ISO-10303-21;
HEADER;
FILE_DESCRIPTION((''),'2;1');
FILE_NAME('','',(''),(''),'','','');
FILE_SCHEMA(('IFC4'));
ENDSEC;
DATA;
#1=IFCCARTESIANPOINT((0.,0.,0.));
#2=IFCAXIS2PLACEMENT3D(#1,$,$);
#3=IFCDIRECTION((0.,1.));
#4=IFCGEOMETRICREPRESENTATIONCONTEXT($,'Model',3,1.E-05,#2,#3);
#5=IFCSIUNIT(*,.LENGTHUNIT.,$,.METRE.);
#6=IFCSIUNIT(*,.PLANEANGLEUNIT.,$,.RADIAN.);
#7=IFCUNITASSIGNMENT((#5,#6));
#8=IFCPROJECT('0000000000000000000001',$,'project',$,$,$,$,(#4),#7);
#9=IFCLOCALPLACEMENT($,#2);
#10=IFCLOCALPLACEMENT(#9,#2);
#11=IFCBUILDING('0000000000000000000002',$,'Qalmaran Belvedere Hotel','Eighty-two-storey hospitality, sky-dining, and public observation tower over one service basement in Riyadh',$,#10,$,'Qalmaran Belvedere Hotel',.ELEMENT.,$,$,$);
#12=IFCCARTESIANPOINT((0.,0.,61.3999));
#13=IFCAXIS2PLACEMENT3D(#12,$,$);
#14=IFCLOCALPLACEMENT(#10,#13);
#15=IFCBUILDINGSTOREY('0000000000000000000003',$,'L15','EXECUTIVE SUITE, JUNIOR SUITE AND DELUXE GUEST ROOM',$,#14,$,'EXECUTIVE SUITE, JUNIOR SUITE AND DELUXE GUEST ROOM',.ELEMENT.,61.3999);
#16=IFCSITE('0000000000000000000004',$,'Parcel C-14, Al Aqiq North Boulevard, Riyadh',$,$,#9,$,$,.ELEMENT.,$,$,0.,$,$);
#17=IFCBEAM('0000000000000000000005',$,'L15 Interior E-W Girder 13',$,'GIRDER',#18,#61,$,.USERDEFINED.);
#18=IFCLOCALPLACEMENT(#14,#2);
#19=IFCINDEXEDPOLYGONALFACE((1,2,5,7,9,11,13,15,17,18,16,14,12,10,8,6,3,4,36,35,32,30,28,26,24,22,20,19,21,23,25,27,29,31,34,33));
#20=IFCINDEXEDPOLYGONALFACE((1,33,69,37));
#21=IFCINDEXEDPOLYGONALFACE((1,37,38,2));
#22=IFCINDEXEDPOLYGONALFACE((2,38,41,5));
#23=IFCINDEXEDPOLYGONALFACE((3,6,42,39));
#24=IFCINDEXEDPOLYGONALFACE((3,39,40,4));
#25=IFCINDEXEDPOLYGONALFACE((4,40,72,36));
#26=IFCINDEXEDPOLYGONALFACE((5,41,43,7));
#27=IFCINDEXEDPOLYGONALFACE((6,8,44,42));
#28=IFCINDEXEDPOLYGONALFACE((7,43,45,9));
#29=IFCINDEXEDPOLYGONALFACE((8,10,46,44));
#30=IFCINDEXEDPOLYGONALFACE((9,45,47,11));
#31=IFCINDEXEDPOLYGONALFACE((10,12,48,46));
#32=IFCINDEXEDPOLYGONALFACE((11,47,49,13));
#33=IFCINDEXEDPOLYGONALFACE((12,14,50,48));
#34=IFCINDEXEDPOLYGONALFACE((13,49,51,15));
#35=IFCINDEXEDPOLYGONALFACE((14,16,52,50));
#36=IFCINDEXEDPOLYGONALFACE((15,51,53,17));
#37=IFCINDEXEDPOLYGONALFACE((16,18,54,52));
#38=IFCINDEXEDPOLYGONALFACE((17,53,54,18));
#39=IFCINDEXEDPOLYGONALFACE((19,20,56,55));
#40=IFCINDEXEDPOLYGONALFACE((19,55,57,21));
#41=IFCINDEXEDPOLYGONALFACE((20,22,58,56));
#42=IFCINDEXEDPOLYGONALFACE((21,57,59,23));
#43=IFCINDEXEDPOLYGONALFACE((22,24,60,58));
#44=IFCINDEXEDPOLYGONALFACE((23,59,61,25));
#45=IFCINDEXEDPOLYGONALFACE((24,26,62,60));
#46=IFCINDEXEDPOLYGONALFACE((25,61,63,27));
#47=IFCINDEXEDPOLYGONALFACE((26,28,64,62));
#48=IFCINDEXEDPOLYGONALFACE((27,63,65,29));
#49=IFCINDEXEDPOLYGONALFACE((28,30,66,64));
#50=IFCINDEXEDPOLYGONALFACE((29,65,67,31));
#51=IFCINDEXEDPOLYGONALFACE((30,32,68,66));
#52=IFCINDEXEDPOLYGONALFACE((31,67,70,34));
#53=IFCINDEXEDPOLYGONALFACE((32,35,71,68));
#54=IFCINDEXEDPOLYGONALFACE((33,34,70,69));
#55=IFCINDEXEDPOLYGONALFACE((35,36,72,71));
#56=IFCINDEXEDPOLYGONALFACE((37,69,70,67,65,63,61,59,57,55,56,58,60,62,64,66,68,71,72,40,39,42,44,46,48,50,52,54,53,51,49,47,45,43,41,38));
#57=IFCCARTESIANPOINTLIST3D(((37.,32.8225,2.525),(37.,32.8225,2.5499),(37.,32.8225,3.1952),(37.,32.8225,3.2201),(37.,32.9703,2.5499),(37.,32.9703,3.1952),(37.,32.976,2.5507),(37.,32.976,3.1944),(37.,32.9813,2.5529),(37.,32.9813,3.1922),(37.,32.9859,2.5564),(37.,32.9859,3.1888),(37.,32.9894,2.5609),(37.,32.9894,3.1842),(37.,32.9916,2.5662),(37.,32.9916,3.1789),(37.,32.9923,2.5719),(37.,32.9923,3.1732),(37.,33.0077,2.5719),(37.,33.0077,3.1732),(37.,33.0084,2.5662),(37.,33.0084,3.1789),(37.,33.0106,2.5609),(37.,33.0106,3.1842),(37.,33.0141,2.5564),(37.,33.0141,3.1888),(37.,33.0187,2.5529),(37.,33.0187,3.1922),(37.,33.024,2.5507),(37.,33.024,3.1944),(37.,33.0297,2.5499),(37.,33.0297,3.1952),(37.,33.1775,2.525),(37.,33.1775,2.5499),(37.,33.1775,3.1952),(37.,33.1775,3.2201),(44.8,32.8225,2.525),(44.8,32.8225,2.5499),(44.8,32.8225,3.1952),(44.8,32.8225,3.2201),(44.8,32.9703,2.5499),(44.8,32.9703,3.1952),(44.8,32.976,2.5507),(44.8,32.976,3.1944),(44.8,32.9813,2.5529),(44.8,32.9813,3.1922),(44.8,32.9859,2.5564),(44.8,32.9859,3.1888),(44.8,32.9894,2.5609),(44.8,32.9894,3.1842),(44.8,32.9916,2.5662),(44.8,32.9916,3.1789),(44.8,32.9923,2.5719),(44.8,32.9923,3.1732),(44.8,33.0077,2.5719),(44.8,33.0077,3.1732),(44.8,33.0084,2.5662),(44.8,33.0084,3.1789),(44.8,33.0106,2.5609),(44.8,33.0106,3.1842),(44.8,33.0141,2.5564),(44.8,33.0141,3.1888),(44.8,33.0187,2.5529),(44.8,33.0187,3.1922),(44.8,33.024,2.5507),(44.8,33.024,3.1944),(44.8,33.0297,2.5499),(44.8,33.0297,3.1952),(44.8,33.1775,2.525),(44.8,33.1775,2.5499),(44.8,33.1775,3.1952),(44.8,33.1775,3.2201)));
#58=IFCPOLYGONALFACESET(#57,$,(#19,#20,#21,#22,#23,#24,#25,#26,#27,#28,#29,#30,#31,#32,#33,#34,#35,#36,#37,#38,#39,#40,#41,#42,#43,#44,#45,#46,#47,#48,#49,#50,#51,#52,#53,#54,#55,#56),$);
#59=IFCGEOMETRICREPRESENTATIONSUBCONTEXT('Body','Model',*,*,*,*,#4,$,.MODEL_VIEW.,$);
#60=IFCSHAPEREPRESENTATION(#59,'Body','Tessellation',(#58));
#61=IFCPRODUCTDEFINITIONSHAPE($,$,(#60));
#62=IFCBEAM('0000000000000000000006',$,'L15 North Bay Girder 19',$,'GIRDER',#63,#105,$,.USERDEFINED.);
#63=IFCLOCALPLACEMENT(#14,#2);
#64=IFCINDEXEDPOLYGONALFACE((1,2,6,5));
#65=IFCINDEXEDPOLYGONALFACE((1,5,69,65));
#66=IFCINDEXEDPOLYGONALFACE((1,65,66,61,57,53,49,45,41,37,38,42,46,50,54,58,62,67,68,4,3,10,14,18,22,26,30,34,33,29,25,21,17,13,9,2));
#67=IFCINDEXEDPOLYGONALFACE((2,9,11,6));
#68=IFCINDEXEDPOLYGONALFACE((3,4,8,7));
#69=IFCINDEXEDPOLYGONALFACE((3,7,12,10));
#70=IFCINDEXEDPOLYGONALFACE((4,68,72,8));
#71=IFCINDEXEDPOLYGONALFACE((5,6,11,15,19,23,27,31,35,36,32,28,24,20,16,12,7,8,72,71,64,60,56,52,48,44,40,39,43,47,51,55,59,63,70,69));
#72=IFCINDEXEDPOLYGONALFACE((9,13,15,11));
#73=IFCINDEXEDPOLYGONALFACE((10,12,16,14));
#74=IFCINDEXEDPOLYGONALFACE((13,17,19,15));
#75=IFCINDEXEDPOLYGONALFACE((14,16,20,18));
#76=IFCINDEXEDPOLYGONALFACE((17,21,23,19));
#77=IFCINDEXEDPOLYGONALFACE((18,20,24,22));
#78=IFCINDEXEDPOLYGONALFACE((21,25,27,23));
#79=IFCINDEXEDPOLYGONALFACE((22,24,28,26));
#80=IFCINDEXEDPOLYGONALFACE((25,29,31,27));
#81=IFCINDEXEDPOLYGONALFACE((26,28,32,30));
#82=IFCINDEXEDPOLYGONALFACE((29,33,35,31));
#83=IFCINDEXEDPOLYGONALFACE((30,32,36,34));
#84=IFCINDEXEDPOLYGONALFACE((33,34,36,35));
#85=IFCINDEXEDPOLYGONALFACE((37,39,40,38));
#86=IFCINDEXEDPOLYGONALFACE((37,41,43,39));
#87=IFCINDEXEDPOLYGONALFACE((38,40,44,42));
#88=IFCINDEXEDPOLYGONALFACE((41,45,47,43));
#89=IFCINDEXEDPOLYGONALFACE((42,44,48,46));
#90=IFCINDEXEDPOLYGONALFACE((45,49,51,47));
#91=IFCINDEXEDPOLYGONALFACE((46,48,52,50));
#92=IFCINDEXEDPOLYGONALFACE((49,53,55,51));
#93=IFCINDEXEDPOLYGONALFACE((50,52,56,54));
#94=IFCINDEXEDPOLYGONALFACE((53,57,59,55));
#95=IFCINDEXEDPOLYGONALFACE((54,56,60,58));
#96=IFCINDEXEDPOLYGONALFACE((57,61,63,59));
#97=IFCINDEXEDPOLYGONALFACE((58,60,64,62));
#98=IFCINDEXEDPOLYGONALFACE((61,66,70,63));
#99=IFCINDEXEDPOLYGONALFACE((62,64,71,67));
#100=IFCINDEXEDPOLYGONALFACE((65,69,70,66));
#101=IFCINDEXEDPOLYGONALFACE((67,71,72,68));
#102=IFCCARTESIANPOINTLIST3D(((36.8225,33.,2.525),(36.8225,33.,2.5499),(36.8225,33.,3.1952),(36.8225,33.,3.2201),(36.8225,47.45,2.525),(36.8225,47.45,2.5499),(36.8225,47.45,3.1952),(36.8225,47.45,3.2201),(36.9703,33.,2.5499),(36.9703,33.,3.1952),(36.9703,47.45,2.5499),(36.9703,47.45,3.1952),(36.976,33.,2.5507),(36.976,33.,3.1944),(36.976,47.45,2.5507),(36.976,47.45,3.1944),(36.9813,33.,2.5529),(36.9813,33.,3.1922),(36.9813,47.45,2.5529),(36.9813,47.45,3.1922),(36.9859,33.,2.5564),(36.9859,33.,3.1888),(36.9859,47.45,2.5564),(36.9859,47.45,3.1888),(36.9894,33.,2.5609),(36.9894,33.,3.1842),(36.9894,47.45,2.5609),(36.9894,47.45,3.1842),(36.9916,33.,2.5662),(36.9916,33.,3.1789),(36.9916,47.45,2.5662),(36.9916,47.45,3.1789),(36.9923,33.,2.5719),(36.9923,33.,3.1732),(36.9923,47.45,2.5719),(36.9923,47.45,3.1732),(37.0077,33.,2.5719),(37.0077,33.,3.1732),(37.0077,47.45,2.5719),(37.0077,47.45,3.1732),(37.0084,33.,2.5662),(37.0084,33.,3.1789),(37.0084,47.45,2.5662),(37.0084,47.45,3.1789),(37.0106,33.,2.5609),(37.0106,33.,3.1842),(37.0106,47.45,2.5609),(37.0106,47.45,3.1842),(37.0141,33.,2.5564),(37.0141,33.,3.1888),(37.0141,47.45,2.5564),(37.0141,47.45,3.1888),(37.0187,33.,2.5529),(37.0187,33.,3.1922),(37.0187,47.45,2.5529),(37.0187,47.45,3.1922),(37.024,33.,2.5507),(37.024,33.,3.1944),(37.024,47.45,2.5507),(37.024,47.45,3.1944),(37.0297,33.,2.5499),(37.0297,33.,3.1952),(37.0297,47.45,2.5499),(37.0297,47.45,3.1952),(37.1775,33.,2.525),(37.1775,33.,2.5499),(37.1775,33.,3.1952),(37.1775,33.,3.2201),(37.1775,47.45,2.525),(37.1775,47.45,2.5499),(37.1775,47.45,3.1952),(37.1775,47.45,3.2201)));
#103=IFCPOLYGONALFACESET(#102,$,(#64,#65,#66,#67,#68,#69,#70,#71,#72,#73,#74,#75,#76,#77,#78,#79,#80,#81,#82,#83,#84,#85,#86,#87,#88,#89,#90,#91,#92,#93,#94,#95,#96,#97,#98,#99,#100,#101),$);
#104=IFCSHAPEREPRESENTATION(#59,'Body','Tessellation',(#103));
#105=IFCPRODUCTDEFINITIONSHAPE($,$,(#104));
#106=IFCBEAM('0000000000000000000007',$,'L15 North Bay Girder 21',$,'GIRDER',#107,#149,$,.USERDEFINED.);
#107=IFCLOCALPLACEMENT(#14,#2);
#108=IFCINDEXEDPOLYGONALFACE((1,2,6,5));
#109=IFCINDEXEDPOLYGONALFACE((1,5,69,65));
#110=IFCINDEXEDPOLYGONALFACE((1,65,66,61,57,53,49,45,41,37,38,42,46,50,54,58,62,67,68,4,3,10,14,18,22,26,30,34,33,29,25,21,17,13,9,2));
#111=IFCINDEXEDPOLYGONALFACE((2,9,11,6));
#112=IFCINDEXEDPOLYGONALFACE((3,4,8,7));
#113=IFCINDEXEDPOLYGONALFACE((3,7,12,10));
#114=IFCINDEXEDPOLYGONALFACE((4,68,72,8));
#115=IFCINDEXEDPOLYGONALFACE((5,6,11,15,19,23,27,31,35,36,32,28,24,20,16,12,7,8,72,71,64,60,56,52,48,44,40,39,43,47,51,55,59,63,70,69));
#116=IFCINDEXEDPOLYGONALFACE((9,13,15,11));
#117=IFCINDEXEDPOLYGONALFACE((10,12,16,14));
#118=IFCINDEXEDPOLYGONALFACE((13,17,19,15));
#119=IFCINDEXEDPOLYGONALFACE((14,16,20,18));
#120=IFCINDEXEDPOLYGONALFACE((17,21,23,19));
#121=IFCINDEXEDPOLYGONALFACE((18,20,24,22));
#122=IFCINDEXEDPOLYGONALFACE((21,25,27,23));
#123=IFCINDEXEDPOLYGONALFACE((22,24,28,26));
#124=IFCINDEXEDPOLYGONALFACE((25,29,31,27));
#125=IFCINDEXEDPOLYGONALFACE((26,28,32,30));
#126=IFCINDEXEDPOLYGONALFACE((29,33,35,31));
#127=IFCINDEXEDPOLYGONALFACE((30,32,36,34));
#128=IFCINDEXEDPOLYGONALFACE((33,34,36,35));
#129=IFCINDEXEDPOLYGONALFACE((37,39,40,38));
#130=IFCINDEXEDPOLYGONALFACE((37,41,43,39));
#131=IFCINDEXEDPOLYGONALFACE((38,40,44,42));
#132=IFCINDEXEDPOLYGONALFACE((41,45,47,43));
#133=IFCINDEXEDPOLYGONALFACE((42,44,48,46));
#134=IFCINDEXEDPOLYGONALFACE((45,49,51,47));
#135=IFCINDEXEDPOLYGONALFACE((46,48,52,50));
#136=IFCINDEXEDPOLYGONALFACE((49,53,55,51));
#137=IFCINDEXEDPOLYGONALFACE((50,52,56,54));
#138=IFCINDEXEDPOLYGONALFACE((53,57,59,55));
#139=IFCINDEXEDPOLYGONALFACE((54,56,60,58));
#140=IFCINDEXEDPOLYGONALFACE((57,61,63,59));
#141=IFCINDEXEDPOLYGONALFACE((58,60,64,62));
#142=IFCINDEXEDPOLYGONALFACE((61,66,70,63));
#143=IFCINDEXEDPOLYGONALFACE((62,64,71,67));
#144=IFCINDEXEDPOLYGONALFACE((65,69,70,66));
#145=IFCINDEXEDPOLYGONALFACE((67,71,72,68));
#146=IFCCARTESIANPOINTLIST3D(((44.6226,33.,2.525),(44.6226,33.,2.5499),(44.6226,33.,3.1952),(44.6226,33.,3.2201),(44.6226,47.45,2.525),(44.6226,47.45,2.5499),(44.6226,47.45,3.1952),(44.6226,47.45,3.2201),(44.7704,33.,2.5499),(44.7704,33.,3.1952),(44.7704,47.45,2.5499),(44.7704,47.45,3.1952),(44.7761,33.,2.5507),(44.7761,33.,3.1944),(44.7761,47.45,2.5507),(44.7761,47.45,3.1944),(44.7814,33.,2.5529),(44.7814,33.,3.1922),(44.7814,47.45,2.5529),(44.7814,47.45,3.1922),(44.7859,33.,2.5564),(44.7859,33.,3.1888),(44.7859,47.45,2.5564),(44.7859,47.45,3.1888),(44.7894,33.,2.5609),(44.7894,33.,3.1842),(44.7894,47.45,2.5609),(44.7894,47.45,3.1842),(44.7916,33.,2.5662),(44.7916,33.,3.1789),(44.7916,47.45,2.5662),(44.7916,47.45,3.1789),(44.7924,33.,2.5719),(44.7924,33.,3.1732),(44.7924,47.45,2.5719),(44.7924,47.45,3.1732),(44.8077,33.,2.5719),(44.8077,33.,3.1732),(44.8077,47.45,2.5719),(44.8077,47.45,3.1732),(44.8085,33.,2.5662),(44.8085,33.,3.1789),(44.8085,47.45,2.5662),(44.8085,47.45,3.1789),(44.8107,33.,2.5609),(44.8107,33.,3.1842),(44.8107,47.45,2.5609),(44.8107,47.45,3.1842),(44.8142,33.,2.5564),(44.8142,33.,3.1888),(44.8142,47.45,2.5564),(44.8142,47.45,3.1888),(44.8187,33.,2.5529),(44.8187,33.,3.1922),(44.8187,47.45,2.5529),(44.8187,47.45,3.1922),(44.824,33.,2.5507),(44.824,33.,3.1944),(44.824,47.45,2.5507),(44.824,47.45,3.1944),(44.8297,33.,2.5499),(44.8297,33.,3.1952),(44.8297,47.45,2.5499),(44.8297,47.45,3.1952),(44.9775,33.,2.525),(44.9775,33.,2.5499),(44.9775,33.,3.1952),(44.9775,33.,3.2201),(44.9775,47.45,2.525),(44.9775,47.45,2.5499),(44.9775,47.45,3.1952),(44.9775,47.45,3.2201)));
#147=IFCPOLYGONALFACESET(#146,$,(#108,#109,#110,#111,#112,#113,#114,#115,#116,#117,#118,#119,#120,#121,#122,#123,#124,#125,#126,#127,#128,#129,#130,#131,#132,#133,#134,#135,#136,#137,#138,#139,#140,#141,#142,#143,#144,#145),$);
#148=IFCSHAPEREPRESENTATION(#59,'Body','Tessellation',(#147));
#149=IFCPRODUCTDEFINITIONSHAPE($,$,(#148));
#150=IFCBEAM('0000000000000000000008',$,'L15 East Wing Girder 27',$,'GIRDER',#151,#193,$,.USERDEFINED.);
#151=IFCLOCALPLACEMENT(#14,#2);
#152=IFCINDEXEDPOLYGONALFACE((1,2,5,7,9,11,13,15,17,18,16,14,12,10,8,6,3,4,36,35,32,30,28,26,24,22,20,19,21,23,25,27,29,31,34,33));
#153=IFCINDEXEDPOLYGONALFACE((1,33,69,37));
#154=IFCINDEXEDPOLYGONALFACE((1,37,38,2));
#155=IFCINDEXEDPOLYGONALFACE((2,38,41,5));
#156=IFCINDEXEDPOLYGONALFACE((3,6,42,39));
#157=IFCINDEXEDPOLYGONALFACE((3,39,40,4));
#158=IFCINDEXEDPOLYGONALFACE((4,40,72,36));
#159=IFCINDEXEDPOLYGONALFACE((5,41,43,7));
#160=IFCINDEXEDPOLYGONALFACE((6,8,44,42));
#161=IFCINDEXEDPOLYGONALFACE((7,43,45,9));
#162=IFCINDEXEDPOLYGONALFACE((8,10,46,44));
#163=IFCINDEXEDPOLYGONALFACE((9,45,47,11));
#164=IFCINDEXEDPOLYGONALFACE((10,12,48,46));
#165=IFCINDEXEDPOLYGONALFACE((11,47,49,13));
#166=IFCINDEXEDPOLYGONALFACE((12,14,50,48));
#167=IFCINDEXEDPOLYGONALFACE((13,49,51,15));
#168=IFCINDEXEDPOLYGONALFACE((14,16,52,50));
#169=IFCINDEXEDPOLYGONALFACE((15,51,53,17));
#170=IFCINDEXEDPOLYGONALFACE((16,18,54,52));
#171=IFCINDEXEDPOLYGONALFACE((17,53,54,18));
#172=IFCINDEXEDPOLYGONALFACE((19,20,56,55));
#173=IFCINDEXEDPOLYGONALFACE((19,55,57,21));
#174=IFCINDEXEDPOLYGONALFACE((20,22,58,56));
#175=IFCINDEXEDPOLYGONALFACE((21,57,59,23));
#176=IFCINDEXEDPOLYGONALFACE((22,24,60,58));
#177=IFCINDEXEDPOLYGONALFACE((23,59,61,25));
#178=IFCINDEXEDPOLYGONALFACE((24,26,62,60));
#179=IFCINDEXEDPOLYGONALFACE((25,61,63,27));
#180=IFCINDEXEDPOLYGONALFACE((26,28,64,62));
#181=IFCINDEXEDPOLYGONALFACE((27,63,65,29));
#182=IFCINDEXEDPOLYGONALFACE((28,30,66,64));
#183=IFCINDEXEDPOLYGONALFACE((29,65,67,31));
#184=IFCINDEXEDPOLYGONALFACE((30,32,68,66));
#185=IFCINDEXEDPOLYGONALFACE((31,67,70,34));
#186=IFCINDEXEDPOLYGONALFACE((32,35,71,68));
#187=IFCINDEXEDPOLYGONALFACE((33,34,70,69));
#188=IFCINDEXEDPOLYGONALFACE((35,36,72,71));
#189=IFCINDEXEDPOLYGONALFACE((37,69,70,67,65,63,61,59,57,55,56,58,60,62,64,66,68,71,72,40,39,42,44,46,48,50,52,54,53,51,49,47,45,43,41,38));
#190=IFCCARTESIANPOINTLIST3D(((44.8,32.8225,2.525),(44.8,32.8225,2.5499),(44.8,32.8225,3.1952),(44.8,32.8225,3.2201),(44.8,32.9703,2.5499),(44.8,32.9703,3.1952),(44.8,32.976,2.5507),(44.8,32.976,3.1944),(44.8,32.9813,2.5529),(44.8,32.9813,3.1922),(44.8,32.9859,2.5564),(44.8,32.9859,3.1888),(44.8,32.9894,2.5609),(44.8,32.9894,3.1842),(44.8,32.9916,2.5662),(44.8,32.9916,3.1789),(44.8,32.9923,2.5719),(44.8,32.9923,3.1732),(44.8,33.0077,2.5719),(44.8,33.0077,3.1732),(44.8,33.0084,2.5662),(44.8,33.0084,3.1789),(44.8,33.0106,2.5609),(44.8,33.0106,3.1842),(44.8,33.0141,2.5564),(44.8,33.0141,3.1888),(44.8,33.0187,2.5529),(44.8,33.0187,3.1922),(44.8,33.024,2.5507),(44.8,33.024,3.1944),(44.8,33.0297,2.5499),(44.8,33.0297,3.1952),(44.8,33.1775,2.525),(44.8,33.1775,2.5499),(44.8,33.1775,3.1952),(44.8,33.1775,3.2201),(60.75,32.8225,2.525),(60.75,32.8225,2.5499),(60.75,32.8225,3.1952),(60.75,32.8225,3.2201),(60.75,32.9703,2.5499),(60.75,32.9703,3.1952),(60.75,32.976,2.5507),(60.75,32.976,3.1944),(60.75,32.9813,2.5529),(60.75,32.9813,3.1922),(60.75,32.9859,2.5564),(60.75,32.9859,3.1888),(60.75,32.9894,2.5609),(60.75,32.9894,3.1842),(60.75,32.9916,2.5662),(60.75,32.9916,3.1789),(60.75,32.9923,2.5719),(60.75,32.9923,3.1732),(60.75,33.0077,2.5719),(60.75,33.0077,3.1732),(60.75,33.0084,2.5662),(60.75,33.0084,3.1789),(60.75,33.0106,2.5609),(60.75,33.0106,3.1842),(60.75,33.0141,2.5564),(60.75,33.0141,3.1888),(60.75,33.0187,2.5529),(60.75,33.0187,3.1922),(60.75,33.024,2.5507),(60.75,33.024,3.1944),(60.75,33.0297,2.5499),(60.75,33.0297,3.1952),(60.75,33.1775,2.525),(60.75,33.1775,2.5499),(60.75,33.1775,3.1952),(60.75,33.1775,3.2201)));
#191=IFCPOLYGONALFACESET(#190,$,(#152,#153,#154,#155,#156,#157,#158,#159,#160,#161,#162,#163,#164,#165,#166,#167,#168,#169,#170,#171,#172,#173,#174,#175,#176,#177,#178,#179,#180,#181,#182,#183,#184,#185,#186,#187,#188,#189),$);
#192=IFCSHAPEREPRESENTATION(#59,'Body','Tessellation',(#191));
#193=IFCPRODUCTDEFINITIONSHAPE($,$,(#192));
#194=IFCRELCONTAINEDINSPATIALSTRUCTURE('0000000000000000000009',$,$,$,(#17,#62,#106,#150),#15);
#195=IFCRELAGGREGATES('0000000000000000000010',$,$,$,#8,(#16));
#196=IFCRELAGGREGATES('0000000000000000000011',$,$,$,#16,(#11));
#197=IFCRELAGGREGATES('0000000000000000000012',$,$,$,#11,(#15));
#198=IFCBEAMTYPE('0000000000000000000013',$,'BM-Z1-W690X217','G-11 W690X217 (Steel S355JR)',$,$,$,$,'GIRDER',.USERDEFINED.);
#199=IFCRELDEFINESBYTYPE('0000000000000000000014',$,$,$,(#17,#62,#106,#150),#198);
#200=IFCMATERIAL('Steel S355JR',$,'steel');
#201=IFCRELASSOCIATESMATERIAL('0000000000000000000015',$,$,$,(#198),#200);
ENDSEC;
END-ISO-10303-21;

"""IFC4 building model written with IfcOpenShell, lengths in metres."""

from ifc_helpers import new_model, si_unit, direction, frame, origin, origin_2d, place, context, subcontext, project, spatial, i_section, extrude, material, material_profile, profile_set, type_object, element, save


model = new_model("IFC4")

# Units and contexts
model_context = context("Model", 3, precision=1e-05, world=origin(), true_north=direction((0.0, 1.0)))
body_context = subcontext(model_context, "Body", "Model", "MODEL_VIEW")
ifc_project = project(units=[si_unit("LENGTHUNIT", "METRE"), si_unit("PLANEANGLEUNIT", "RADIAN")], contexts=[model_context])

# Site, building, storey
site_placement = place(None, origin())
site = spatial("IfcSite", under=ifc_project, at=site_placement, Name="Parcel C-14, Al Aqiq North Boulevard, Riyadh", CompositionType="ELEMENT", RefElevation=0.0)
building_placement = place(site_placement, origin())
building = spatial("IfcBuilding", under=site, at=building_placement, Name="Qalmaran Belvedere Hotel", Description="Eighty-two-storey hospitality, sky-dining, and public observation tower over one service basement in Riyadh", LongName="Qalmaran Belvedere Hotel", CompositionType="ELEMENT")
storey_placement = place(building_placement, frame((0.0, 0.0, 61.3999)))
storey = spatial("IfcBuildingStorey", under=building, at=storey_placement, Name="L15", Description="EXECUTIVE SUITE, JUNIOR SUITE AND DELUXE GUEST ROOM", LongName="EXECUTIVE SUITE, JUNIOR SUITE AND DELUXE GUEST ROOM", CompositionType="ELEMENT", Elevation=61.3999)

# Beams
ifc_material_1 = material(Name="Steel S355JR", Category="steel")
ifc_material_profile_1 = material_profile(ifc_material_1, i_section(OverallWidth=0.355, OverallDepth=0.6951, WebThickness=0.0154, FlangeThickness=0.0249, FilletRadius=0.022, at=origin_2d()), Name="W690X217")
ifc_profile_set_1 = profile_set([ifc_material_profile_1], Name="Steel S355JR")
beam_type_1 = type_object("IfcBeamType", Name="BM-Z1-W690X217", Description="G-11 W690X217 (Steel S355JR)", ElementType="GIRDER", PredefinedType="USERDEFINED", material=ifc_profile_set_1)
beam_1_placement = place(storey_placement, frame((37.0, 33.0, 2.8726), z_axis=(1.0, 0.0, 0.0), x_axis=(0.0, 1.0, 0.0)))
element("IfcBeam", 1, at=beam_1_placement, inside=storey, type_object=beam_type_1, Name="L15 Interior E-W Girder 13", ObjectType="GIRDER", PredefinedType="USERDEFINED", context=body_context, shape_type="SweptSolid", body=[
    extrude(i_section(OverallWidth=0.355, OverallDepth=0.6951, WebThickness=0.0154, FlangeThickness=0.0249, FilletRadius=0.022, at=origin_2d()), origin(), (0.0, 0.0, 1.0), 7.8),
])
for number, where, z_axis, x_axis, name in (
    (2, (37.0, 33.0, 2.8726), (0.0, 1.0, 0.0), (-1.0, 0.0, 0.0), "L15 North Bay Girder 19"),
    (3, (44.8, 33.0, 2.8726), (0.0, 1.0, 0.0), (-1.0, 0.0, 0.0), "L15 North Bay Girder 21"),
):
    element("IfcBeam", number, at=place(storey_placement, frame(where, z_axis=z_axis, x_axis=x_axis)), inside=storey, type_object=beam_type_1, Name=name, ObjectType="GIRDER", PredefinedType="USERDEFINED", context=body_context, shape_type="SweptSolid", body=[
        extrude(i_section(OverallWidth=0.355, OverallDepth=0.6951, WebThickness=0.0154, FlangeThickness=0.0249, FilletRadius=0.022, at=origin_2d()), origin(), (0.0, 0.0, 1.0), 14.45),
    ])
beam_2_placement = place(storey_placement, frame((44.8, 33.0, 2.8726), z_axis=(1.0, 0.0, 0.0), x_axis=(0.0, 1.0, 0.0)))
element("IfcBeam", 4, at=beam_2_placement, inside=storey, type_object=beam_type_1, Name="L15 East Wing Girder 27", ObjectType="GIRDER", PredefinedType="USERDEFINED", context=body_context, shape_type="SweptSolid", body=[
    extrude(i_section(OverallWidth=0.355, OverallDepth=0.6951, WebThickness=0.0154, FlangeThickness=0.0249, FilletRadius=0.022, at=origin_2d()), origin(), (0.0, 0.0, 1.0), 15.95),
])

save(model, "model.ifc")
